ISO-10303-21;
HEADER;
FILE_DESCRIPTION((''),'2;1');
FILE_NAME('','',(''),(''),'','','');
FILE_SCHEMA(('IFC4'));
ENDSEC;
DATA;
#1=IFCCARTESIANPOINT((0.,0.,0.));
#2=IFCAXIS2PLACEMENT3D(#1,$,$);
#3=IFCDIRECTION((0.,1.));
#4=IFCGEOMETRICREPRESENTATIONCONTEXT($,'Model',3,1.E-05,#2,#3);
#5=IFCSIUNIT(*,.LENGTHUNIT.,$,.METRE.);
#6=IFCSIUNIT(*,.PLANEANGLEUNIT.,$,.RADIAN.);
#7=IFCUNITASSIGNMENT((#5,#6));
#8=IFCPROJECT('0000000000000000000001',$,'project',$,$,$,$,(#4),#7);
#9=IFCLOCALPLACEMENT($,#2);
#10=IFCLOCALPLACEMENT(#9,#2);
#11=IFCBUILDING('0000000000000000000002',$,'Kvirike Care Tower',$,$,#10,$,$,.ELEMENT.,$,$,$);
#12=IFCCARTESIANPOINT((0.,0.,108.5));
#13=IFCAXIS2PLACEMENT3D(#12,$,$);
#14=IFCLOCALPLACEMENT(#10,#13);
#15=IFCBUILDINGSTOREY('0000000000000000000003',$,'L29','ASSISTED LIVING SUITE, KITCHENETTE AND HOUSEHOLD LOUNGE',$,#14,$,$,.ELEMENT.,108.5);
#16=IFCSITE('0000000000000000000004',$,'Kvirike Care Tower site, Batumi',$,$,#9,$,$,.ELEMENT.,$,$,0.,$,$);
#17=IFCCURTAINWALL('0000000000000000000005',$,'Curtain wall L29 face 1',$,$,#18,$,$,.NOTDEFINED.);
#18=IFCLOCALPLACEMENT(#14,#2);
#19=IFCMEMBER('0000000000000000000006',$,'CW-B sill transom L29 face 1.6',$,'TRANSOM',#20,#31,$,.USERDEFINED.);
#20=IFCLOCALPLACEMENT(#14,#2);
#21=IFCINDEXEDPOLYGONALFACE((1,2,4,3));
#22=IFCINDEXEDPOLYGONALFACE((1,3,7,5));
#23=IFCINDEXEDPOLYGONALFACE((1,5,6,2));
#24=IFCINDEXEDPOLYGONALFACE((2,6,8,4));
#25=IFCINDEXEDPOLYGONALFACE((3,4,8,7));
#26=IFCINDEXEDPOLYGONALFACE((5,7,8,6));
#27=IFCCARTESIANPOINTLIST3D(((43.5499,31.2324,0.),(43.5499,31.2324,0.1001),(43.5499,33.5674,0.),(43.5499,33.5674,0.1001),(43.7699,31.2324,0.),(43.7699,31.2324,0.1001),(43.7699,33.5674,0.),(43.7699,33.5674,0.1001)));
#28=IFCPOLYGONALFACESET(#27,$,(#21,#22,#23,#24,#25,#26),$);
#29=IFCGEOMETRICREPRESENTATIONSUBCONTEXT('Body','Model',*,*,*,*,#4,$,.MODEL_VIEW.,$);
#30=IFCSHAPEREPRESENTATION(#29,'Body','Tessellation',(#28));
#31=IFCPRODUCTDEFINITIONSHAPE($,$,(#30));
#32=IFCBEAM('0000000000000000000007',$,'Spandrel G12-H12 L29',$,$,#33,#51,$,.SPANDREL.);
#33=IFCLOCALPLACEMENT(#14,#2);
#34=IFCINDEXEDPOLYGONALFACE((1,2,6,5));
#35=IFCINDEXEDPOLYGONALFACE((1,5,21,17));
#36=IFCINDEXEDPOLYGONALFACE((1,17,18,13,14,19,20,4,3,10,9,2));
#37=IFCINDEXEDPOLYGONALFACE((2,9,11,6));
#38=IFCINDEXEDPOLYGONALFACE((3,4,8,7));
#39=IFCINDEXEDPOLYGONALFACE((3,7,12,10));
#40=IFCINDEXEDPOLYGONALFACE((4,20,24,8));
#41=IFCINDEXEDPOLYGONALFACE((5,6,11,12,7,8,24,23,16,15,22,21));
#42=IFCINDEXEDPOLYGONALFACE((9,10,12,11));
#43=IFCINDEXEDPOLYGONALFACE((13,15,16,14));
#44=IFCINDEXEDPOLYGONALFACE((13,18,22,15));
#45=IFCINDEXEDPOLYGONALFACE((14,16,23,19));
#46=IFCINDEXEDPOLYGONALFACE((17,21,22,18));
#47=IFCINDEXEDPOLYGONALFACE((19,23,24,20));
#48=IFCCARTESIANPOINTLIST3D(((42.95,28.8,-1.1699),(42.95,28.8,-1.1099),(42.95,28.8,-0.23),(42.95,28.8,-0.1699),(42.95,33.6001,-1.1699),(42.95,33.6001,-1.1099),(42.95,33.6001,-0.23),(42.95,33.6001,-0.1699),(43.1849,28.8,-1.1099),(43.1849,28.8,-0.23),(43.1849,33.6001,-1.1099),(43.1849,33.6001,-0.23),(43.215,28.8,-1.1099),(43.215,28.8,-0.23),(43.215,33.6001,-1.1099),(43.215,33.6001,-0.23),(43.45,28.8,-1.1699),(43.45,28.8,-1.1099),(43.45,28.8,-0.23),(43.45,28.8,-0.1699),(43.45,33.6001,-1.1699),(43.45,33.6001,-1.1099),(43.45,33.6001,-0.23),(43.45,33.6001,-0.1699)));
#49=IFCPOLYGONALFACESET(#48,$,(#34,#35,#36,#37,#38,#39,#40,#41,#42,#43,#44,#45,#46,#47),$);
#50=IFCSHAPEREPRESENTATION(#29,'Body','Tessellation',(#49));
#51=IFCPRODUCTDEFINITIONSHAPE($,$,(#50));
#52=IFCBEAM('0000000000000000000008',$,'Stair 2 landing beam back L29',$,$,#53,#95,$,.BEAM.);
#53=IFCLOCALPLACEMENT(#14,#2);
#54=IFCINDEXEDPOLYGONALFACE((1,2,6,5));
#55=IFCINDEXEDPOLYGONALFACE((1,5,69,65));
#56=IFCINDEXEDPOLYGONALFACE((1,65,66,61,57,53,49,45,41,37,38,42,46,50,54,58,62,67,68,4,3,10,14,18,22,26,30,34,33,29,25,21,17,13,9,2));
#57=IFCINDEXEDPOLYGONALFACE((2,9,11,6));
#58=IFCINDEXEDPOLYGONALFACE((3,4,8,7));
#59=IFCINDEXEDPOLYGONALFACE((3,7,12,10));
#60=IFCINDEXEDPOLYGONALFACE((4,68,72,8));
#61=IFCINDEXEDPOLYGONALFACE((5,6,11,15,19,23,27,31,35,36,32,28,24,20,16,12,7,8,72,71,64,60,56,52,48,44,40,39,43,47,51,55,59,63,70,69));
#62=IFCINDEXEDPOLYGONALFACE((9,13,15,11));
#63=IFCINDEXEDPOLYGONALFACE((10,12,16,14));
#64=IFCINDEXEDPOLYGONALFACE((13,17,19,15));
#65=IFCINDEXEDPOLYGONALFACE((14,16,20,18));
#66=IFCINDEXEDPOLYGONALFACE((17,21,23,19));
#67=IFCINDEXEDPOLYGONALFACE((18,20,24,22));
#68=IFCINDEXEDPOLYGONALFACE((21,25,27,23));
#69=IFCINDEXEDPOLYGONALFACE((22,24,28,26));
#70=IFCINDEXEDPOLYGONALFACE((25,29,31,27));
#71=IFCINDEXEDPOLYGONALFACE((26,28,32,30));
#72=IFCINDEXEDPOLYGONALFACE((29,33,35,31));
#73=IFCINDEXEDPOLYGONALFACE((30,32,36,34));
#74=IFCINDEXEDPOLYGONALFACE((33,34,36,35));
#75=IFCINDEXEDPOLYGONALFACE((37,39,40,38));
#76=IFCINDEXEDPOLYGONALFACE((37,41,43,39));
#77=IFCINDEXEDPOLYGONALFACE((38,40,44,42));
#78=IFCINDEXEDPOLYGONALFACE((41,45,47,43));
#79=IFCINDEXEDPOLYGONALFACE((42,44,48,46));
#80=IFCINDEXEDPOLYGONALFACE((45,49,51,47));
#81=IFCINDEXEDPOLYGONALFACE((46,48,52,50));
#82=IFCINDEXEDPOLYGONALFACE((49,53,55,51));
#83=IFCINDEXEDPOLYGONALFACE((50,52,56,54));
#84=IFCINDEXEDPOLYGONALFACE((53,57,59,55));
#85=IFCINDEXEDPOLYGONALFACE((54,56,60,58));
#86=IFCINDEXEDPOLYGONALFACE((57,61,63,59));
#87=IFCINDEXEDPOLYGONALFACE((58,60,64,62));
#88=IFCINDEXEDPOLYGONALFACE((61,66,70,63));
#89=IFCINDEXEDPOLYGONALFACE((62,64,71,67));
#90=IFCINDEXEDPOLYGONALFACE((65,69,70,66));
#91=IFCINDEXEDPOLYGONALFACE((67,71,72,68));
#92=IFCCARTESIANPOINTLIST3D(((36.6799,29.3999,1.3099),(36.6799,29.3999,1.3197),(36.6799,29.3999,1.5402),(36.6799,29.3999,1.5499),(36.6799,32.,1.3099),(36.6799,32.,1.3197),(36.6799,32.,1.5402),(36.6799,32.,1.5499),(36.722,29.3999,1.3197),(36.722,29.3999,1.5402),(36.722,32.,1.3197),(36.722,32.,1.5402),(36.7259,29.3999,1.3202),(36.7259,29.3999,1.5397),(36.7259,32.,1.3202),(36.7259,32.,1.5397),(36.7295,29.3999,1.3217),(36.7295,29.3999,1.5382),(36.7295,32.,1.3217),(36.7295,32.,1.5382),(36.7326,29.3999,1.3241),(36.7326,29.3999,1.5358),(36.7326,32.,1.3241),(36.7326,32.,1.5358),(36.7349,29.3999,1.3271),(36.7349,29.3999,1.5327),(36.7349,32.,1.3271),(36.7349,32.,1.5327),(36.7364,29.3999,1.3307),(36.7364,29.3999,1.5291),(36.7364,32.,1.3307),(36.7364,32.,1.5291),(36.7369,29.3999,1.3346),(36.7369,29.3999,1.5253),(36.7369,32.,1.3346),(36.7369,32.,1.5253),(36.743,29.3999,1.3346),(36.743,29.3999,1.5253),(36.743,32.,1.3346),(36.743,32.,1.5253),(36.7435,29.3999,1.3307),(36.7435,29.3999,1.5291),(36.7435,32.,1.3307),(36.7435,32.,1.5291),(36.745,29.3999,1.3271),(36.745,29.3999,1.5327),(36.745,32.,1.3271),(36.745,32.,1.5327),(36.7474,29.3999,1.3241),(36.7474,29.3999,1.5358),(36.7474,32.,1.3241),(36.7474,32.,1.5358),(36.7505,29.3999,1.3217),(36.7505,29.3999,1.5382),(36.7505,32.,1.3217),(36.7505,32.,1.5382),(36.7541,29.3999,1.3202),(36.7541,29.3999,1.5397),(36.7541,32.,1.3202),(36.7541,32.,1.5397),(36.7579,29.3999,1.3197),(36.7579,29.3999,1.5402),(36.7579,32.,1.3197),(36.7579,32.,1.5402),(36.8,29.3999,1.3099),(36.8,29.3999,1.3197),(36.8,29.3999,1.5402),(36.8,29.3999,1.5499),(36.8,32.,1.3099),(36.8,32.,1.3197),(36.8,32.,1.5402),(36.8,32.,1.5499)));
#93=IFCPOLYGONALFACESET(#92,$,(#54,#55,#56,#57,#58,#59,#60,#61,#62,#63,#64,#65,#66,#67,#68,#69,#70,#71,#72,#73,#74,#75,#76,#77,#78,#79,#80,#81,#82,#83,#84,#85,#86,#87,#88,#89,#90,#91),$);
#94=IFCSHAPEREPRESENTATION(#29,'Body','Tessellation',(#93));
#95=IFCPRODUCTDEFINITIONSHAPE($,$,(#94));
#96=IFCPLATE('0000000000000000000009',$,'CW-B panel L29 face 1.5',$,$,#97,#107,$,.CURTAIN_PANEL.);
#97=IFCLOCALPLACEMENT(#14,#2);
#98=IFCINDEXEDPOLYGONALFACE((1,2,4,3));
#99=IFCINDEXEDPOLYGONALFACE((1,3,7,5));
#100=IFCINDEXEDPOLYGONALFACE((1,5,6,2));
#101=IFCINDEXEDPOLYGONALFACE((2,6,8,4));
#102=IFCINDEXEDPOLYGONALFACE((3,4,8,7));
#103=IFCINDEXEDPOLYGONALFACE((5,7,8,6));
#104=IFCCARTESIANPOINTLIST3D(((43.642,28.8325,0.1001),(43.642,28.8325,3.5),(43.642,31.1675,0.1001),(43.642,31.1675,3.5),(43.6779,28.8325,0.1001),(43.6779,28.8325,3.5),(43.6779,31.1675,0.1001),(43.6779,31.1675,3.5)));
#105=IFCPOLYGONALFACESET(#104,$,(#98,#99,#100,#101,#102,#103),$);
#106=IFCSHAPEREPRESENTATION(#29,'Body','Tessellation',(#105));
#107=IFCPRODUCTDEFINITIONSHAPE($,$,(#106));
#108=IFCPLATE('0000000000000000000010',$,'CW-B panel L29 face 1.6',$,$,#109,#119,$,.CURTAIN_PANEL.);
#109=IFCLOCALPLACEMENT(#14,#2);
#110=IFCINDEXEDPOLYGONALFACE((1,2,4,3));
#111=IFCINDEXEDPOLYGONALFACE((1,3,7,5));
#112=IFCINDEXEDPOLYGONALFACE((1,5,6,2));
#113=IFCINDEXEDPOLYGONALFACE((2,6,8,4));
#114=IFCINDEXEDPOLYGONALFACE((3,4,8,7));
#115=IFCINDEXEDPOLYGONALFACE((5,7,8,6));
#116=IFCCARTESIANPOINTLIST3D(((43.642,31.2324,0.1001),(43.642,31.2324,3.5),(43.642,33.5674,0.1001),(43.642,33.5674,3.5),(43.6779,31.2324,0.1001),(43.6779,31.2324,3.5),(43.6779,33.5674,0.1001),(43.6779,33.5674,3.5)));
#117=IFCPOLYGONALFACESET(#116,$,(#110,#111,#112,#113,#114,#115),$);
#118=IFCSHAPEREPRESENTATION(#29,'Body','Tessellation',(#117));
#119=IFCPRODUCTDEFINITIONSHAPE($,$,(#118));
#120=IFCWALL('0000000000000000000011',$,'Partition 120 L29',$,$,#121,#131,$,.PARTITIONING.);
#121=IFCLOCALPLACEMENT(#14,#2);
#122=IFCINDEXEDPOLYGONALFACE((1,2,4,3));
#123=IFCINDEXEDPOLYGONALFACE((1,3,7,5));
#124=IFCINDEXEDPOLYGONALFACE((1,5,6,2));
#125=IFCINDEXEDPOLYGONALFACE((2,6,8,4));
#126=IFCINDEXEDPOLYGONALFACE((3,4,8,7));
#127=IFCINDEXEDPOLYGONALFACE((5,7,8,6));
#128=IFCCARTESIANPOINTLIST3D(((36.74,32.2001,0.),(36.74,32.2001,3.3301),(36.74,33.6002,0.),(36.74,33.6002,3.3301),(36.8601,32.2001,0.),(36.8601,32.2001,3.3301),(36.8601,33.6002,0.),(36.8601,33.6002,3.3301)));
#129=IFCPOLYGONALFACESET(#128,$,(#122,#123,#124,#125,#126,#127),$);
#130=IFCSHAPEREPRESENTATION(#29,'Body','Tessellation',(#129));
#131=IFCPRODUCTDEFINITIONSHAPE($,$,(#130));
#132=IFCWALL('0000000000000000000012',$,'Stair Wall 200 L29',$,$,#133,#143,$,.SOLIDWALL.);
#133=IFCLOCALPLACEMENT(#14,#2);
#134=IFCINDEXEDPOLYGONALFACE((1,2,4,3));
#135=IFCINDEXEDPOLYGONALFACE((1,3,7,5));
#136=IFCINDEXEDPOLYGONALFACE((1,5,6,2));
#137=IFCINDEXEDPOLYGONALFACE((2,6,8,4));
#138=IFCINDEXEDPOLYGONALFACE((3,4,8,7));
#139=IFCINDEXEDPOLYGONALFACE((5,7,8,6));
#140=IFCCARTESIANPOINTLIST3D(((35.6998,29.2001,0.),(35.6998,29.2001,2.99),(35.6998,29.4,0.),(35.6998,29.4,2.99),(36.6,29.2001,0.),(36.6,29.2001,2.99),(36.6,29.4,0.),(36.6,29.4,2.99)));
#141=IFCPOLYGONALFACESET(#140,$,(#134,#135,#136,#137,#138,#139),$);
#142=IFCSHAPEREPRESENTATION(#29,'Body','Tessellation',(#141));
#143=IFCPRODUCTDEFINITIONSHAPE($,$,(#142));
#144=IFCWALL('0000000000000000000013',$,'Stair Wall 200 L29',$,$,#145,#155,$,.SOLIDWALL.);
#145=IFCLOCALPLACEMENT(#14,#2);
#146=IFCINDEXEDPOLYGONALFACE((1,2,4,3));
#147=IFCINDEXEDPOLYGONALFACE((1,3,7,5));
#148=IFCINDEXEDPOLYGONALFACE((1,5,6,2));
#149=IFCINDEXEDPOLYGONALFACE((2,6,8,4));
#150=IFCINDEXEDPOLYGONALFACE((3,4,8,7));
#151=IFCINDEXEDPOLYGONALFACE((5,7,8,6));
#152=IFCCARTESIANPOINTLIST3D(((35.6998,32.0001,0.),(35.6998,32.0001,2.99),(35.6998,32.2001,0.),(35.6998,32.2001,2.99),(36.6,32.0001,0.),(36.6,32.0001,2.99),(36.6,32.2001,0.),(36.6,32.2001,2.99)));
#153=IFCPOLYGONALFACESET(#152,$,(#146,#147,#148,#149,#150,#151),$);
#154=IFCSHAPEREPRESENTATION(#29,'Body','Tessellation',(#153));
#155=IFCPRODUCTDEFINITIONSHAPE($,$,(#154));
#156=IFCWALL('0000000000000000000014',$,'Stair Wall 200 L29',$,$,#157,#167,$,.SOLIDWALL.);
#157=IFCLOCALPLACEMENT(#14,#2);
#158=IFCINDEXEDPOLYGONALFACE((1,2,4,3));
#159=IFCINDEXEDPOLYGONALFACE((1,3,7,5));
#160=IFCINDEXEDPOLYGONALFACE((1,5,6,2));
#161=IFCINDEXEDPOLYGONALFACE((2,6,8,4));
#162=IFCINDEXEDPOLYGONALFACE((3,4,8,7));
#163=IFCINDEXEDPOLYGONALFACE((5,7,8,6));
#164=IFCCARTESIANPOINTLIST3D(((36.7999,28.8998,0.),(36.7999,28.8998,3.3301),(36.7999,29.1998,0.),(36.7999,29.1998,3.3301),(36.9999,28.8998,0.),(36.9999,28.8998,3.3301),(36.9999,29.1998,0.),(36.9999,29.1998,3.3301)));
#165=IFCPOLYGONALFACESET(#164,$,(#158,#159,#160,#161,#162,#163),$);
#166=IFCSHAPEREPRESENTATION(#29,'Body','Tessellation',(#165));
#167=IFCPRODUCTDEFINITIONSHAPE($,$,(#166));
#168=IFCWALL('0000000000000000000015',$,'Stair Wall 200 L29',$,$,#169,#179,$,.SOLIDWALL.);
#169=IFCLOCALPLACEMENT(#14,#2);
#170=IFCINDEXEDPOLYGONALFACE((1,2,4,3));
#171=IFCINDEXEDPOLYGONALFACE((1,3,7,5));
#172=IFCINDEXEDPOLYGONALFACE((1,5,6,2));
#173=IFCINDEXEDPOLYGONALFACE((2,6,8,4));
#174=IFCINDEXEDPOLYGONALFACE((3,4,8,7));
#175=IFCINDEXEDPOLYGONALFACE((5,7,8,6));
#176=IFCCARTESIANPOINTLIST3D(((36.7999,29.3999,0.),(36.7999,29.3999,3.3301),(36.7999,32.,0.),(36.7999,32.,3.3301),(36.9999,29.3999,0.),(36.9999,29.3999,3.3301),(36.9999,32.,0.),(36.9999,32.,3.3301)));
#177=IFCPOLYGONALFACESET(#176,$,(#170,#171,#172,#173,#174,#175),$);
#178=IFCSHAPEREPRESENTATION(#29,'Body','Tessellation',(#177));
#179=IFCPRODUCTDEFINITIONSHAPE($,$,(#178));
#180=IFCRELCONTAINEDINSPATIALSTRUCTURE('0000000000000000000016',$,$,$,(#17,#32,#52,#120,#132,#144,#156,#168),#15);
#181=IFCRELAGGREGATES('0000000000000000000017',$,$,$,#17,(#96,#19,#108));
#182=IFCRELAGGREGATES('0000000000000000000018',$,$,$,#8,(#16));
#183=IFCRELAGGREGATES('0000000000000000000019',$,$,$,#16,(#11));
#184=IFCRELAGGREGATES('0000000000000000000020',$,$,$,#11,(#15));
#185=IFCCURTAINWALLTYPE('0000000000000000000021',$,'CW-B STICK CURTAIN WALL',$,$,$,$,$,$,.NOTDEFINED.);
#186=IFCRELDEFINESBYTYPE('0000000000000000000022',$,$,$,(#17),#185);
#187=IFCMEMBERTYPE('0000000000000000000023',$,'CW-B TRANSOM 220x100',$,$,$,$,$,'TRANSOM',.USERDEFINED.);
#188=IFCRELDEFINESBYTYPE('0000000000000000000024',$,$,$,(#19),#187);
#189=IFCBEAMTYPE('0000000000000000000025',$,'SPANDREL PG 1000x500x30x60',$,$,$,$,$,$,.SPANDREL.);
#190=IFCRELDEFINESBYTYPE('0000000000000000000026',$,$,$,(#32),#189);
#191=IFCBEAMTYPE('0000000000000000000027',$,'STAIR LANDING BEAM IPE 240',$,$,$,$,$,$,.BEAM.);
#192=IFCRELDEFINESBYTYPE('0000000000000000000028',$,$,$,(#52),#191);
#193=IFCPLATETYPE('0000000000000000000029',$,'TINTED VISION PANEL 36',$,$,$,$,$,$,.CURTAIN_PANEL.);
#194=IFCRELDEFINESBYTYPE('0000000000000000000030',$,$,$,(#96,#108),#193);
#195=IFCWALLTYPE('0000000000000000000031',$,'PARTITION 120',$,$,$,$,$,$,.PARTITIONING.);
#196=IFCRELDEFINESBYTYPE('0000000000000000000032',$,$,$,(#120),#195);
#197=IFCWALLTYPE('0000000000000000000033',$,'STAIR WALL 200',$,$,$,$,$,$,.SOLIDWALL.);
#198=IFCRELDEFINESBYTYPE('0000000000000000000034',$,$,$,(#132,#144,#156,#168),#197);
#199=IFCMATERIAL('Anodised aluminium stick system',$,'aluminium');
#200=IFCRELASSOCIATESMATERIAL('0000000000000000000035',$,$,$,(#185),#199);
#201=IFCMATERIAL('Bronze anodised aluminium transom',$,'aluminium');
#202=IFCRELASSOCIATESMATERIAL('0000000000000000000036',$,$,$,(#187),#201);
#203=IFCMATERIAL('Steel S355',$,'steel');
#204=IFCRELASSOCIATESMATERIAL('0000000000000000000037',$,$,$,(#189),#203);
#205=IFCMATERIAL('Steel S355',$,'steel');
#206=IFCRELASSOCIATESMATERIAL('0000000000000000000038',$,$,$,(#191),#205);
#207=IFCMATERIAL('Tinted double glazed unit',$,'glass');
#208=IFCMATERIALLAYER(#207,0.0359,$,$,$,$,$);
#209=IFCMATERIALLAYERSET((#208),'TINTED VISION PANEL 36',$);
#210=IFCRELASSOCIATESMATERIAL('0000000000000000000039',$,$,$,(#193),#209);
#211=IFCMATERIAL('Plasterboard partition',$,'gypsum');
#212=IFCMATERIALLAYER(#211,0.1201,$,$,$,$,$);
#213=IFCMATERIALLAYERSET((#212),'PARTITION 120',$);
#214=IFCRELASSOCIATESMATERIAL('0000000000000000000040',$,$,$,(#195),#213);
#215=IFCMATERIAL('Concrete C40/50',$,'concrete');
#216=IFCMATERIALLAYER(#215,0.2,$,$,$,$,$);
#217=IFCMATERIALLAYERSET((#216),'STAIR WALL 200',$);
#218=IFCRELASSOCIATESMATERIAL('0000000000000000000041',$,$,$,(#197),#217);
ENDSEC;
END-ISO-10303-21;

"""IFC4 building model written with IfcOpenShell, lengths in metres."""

from ifc_helpers import new_model, si_unit, direction, frame, frame_2d, origin, origin_2d, place, context, subcontext, project, spatial, rectangle, i_section, extrude, material, layer, layer_set, material_profile, profile_set, type_object, element, aggregate, save


model = new_model("IFC4")

# Units and contexts
model_context = context("Model", 3, precision=1e-05, world=origin(), true_north=direction((0.0, 1.0)))
body_context = subcontext(model_context, "Body", "Model", "MODEL_VIEW")
ifc_project = project(units=[si_unit("LENGTHUNIT", "METRE"), si_unit("PLANEANGLEUNIT", "RADIAN")], contexts=[model_context])

# Site, building, storey
site_placement = place(None, origin())
site = spatial("IfcSite", under=ifc_project, at=site_placement, Name="Kvirike Care Tower site, Batumi", CompositionType="ELEMENT", RefElevation=0.0)
building_placement = place(site_placement, origin())
building = spatial("IfcBuilding", under=site, at=building_placement, Name="Kvirike Care Tower", CompositionType="ELEMENT")
storey_placement = place(building_placement, frame((0.0, 0.0, 108.5)))
storey = spatial("IfcBuildingStorey", under=building, at=storey_placement, Name="L29", Description="ASSISTED LIVING SUITE, KITCHENETTE AND HOUSEHOLD LOUNGE", CompositionType="ELEMENT", Elevation=108.5)

# Curtain wall, member
ifc_material_1 = material(Name="Anodised aluminium stick system", Category="aluminium")
curtain_wall_type = type_object("IfcCurtainWallType", Name="CW-B STICK CURTAIN WALL", PredefinedType="NOTDEFINED", material=ifc_material_1)
curtain_wall_placement = place(storey_placement, origin())
curtain_wall = element("IfcCurtainWall", 1, at=curtain_wall_placement, inside=storey, type_object=curtain_wall_type, Name="Curtain wall L29 face 1", PredefinedType="NOTDEFINED")
ifc_material_2 = material(Name="Bronze anodised aluminium transom", Category="aluminium")
ifc_material_profile_1 = material_profile(ifc_material_2, rectangle(XDim=0.22, YDim=0.1001, at=origin_2d()), Name="CW-B TRANSOM 220x100")
ifc_profile_set_1 = profile_set([ifc_material_profile_1], Name="Bronze anodised aluminium transom")
member_type_1 = type_object("IfcMemberType", Name="CW-B TRANSOM 220x100", ElementType="TRANSOM", PredefinedType="USERDEFINED", material=ifc_profile_set_1)
member_1_placement = place(storey_placement, frame((43.6599, 31.2324, 0.05), z_axis=(0.0, 1.0, 0.0), x_axis=(-1.0, 0.0, 0.0)))
member_1 = element("IfcMember", 2, at=member_1_placement, type_object=member_type_1, Name="CW-B sill transom L29 face 1.6", ObjectType="TRANSOM", PredefinedType="USERDEFINED", context=body_context, shape_type="SweptSolid", body=[
    extrude(rectangle(XDim=0.22, YDim=0.1001, at=origin_2d()), origin(), (0.0, 0.0, 1.0), 2.335),
])

# Beams
ifc_material_3 = material(Name="Steel S355", Category="steel")
ifc_material_profile_2 = material_profile(ifc_material_3, i_section(OverallWidth=0.5, OverallDepth=1.0, WebThickness=0.03, FlangeThickness=0.0601, at=origin_2d()), Name="PG 1000x500x30x60")
ifc_profile_set_2 = profile_set([ifc_material_profile_2], Name="Steel S355")
beam_type_1 = type_object("IfcBeamType", Name="SPANDREL PG 1000x500x30x60", PredefinedType="SPANDREL", material=ifc_profile_set_2)
beam_1_placement = place(storey_placement, frame((43.2, 28.8, -0.6699), z_axis=(0.0, 1.0, 0.0), x_axis=(-1.0, 0.0, 0.0)))
element("IfcBeam", 3, at=beam_1_placement, inside=storey, type_object=beam_type_1, Name="Spandrel G12-H12 L29", PredefinedType="SPANDREL", context=body_context, shape_type="SweptSolid", body=[
    extrude(i_section(OverallWidth=0.5, OverallDepth=1.0, WebThickness=0.03, FlangeThickness=0.0601, at=origin_2d()), origin(), (0.0, 0.0, 1.0), 4.8),
])
ifc_material_4 = material(Name="Steel S355", Category="steel")
ifc_material_profile_3 = material_profile(ifc_material_4, i_section(OverallWidth=0.1201, OverallDepth=0.24, WebThickness=0.0061, FlangeThickness=0.0098, FilletRadius=0.0149, at=origin_2d()), Name="IPE 240")
ifc_profile_set_3 = profile_set([ifc_material_profile_3], Name="Steel S355")
beam_type_2 = type_object("IfcBeamType", Name="STAIR LANDING BEAM IPE 240", PredefinedType="BEAM", material=ifc_profile_set_3)
beam_2_placement = place(storey_placement, frame((36.74, 29.3999, 1.4299), z_axis=(0.0, 1.0, 0.0), x_axis=(-1.0, 0.0, 0.0)))
element("IfcBeam", 4, at=beam_2_placement, inside=storey, type_object=beam_type_2, Name="Stair 2 landing beam back L29", PredefinedType="BEAM", context=body_context, shape_type="SweptSolid", body=[
    extrude(i_section(OverallWidth=0.1201, OverallDepth=0.24, WebThickness=0.0061, FlangeThickness=0.0098, FilletRadius=0.0149, at=origin_2d()), origin(), (0.0, 0.0, 1.0), 2.6001),
])

# Plates
ifc_material_5 = material(Name="Tinted double glazed unit", Category="glass")
ifc_layer_1 = layer(ifc_material_5, 0.0359)
ifc_layer_set_1 = layer_set([ifc_layer_1], Name="TINTED VISION PANEL 36")
plate_type = type_object("IfcPlateType", Name="TINTED VISION PANEL 36", PredefinedType="CURTAIN_PANEL", material=ifc_layer_set_1)
plate_1_placement = place(storey_placement, frame((43.6599, 30.0, 0.1001), z_axis=(0.0, 0.0, 1.0), x_axis=(0.0, 1.0, 0.0)))
plate_1 = element("IfcPlate", 5, at=plate_1_placement, type_object=plate_type, Name="CW-B panel L29 face 1.5", PredefinedType="CURTAIN_PANEL", context=body_context, shape_type="SweptSolid", body=[
    extrude(rectangle(XDim=2.335, YDim=0.0359, at=origin_2d()), origin(), (0.0, 0.0, 1.0), 3.3999),
])
plate_2_placement = place(storey_placement, frame((43.6599, 32.3999, 0.1001), z_axis=(0.0, 0.0, 1.0), x_axis=(0.0, 1.0, 0.0)))
plate_2 = element("IfcPlate", 6, at=plate_2_placement, type_object=plate_type, Name="CW-B panel L29 face 1.6", PredefinedType="CURTAIN_PANEL", context=body_context, shape_type="SweptSolid", body=[
    extrude(rectangle(XDim=2.335, YDim=0.0359, at=origin_2d()), origin(), (0.0, 0.0, 1.0), 3.3999),
])
aggregate(curtain_wall, [plate_1, member_1, plate_2])

# Walls
ifc_material_6 = material(Name="Plasterboard partition", Category="gypsum")
ifc_layer_2 = layer(ifc_material_6, 0.1201)
ifc_layer_set_2 = layer_set([ifc_layer_2], Name="PARTITION 120")
wall_type_1 = type_object("IfcWallType", Name="PARTITION 120", PredefinedType="PARTITIONING", material=ifc_layer_set_2)
wall_1_placement = place(storey_placement, frame((36.8, 32.2, 0.0), z_axis=(0.0, 0.0, 1.0), x_axis=(0.0, 1.0, 0.0)))
element("IfcWall", 7, at=wall_1_placement, inside=storey, type_object=wall_type_1, Name="Partition 120 L29", PredefinedType="PARTITIONING", context=body_context, shape_type="SweptSolid", body=[
    extrude(rectangle(XDim=1.4001, YDim=0.1201, at=frame_2d((0.7002, 0.0))), origin(), (0.0, 0.0, 1.0), 3.3301),
])
ifc_material_7 = material(Name="Concrete C40/50", Category="concrete")
ifc_layer_3 = layer(ifc_material_7, 0.2)
ifc_layer_set_3 = layer_set([ifc_layer_3], Name="STAIR WALL 200")
wall_type_2 = type_object("IfcWallType", Name="STAIR WALL 200", PredefinedType="SOLIDWALL", material=ifc_layer_set_3)
for number, where, z_axis, x_axis, name in (
    (8, (36.6001, 29.3, 0.0), (0.0, 0.0, 1.0), (-1.0, 0.0, 0.0), "Stair Wall 200 L29"),
    (9, (36.6001, 32.1001, 0.0), (0.0, 0.0, 1.0), (-1.0, 0.0, 0.0), "Stair Wall 200 L29"),
):
    element("IfcWall", number, at=place(storey_placement, frame(where, z_axis=z_axis, x_axis=x_axis)), inside=storey, type_object=wall_type_2, Name=name, PredefinedType="SOLIDWALL", context=body_context, shape_type="SweptSolid", body=[
        extrude(rectangle(XDim=0.9001, YDim=0.2, at=frame_2d((0.4502, 0.0))), origin(), (0.0, 0.0, 1.0), 2.99),
    ])
wall_2_placement = place(storey_placement, frame((36.8999, 28.8999, 0.0), z_axis=(0.0, 0.0, 1.0), x_axis=(0.0, 1.0, 0.0)))
element("IfcWall", 10, at=wall_2_placement, inside=storey, type_object=wall_type_2, Name="Stair Wall 200 L29", PredefinedType="SOLIDWALL", context=body_context, shape_type="SweptSolid", body=[
    extrude(rectangle(XDim=0.3, YDim=0.2, at=frame_2d((0.1499, 0.0))), origin(), (0.0, 0.0, 1.0), 3.3301),
])
wall_3_placement = place(storey_placement, frame((36.8999, 29.3999, 0.0), z_axis=(0.0, 0.0, 1.0), x_axis=(0.0, 1.0, 0.0)))
element("IfcWall", 11, at=wall_3_placement, inside=storey, type_object=wall_type_2, Name="Stair Wall 200 L29", PredefinedType="SOLIDWALL", context=body_context, shape_type="SweptSolid", body=[
    extrude(rectangle(XDim=2.6001, YDim=0.2, at=frame_2d((1.3, 0.0))), origin(), (0.0, 0.0, 1.0), 3.3301),
])

save(model, "model.ifc")
